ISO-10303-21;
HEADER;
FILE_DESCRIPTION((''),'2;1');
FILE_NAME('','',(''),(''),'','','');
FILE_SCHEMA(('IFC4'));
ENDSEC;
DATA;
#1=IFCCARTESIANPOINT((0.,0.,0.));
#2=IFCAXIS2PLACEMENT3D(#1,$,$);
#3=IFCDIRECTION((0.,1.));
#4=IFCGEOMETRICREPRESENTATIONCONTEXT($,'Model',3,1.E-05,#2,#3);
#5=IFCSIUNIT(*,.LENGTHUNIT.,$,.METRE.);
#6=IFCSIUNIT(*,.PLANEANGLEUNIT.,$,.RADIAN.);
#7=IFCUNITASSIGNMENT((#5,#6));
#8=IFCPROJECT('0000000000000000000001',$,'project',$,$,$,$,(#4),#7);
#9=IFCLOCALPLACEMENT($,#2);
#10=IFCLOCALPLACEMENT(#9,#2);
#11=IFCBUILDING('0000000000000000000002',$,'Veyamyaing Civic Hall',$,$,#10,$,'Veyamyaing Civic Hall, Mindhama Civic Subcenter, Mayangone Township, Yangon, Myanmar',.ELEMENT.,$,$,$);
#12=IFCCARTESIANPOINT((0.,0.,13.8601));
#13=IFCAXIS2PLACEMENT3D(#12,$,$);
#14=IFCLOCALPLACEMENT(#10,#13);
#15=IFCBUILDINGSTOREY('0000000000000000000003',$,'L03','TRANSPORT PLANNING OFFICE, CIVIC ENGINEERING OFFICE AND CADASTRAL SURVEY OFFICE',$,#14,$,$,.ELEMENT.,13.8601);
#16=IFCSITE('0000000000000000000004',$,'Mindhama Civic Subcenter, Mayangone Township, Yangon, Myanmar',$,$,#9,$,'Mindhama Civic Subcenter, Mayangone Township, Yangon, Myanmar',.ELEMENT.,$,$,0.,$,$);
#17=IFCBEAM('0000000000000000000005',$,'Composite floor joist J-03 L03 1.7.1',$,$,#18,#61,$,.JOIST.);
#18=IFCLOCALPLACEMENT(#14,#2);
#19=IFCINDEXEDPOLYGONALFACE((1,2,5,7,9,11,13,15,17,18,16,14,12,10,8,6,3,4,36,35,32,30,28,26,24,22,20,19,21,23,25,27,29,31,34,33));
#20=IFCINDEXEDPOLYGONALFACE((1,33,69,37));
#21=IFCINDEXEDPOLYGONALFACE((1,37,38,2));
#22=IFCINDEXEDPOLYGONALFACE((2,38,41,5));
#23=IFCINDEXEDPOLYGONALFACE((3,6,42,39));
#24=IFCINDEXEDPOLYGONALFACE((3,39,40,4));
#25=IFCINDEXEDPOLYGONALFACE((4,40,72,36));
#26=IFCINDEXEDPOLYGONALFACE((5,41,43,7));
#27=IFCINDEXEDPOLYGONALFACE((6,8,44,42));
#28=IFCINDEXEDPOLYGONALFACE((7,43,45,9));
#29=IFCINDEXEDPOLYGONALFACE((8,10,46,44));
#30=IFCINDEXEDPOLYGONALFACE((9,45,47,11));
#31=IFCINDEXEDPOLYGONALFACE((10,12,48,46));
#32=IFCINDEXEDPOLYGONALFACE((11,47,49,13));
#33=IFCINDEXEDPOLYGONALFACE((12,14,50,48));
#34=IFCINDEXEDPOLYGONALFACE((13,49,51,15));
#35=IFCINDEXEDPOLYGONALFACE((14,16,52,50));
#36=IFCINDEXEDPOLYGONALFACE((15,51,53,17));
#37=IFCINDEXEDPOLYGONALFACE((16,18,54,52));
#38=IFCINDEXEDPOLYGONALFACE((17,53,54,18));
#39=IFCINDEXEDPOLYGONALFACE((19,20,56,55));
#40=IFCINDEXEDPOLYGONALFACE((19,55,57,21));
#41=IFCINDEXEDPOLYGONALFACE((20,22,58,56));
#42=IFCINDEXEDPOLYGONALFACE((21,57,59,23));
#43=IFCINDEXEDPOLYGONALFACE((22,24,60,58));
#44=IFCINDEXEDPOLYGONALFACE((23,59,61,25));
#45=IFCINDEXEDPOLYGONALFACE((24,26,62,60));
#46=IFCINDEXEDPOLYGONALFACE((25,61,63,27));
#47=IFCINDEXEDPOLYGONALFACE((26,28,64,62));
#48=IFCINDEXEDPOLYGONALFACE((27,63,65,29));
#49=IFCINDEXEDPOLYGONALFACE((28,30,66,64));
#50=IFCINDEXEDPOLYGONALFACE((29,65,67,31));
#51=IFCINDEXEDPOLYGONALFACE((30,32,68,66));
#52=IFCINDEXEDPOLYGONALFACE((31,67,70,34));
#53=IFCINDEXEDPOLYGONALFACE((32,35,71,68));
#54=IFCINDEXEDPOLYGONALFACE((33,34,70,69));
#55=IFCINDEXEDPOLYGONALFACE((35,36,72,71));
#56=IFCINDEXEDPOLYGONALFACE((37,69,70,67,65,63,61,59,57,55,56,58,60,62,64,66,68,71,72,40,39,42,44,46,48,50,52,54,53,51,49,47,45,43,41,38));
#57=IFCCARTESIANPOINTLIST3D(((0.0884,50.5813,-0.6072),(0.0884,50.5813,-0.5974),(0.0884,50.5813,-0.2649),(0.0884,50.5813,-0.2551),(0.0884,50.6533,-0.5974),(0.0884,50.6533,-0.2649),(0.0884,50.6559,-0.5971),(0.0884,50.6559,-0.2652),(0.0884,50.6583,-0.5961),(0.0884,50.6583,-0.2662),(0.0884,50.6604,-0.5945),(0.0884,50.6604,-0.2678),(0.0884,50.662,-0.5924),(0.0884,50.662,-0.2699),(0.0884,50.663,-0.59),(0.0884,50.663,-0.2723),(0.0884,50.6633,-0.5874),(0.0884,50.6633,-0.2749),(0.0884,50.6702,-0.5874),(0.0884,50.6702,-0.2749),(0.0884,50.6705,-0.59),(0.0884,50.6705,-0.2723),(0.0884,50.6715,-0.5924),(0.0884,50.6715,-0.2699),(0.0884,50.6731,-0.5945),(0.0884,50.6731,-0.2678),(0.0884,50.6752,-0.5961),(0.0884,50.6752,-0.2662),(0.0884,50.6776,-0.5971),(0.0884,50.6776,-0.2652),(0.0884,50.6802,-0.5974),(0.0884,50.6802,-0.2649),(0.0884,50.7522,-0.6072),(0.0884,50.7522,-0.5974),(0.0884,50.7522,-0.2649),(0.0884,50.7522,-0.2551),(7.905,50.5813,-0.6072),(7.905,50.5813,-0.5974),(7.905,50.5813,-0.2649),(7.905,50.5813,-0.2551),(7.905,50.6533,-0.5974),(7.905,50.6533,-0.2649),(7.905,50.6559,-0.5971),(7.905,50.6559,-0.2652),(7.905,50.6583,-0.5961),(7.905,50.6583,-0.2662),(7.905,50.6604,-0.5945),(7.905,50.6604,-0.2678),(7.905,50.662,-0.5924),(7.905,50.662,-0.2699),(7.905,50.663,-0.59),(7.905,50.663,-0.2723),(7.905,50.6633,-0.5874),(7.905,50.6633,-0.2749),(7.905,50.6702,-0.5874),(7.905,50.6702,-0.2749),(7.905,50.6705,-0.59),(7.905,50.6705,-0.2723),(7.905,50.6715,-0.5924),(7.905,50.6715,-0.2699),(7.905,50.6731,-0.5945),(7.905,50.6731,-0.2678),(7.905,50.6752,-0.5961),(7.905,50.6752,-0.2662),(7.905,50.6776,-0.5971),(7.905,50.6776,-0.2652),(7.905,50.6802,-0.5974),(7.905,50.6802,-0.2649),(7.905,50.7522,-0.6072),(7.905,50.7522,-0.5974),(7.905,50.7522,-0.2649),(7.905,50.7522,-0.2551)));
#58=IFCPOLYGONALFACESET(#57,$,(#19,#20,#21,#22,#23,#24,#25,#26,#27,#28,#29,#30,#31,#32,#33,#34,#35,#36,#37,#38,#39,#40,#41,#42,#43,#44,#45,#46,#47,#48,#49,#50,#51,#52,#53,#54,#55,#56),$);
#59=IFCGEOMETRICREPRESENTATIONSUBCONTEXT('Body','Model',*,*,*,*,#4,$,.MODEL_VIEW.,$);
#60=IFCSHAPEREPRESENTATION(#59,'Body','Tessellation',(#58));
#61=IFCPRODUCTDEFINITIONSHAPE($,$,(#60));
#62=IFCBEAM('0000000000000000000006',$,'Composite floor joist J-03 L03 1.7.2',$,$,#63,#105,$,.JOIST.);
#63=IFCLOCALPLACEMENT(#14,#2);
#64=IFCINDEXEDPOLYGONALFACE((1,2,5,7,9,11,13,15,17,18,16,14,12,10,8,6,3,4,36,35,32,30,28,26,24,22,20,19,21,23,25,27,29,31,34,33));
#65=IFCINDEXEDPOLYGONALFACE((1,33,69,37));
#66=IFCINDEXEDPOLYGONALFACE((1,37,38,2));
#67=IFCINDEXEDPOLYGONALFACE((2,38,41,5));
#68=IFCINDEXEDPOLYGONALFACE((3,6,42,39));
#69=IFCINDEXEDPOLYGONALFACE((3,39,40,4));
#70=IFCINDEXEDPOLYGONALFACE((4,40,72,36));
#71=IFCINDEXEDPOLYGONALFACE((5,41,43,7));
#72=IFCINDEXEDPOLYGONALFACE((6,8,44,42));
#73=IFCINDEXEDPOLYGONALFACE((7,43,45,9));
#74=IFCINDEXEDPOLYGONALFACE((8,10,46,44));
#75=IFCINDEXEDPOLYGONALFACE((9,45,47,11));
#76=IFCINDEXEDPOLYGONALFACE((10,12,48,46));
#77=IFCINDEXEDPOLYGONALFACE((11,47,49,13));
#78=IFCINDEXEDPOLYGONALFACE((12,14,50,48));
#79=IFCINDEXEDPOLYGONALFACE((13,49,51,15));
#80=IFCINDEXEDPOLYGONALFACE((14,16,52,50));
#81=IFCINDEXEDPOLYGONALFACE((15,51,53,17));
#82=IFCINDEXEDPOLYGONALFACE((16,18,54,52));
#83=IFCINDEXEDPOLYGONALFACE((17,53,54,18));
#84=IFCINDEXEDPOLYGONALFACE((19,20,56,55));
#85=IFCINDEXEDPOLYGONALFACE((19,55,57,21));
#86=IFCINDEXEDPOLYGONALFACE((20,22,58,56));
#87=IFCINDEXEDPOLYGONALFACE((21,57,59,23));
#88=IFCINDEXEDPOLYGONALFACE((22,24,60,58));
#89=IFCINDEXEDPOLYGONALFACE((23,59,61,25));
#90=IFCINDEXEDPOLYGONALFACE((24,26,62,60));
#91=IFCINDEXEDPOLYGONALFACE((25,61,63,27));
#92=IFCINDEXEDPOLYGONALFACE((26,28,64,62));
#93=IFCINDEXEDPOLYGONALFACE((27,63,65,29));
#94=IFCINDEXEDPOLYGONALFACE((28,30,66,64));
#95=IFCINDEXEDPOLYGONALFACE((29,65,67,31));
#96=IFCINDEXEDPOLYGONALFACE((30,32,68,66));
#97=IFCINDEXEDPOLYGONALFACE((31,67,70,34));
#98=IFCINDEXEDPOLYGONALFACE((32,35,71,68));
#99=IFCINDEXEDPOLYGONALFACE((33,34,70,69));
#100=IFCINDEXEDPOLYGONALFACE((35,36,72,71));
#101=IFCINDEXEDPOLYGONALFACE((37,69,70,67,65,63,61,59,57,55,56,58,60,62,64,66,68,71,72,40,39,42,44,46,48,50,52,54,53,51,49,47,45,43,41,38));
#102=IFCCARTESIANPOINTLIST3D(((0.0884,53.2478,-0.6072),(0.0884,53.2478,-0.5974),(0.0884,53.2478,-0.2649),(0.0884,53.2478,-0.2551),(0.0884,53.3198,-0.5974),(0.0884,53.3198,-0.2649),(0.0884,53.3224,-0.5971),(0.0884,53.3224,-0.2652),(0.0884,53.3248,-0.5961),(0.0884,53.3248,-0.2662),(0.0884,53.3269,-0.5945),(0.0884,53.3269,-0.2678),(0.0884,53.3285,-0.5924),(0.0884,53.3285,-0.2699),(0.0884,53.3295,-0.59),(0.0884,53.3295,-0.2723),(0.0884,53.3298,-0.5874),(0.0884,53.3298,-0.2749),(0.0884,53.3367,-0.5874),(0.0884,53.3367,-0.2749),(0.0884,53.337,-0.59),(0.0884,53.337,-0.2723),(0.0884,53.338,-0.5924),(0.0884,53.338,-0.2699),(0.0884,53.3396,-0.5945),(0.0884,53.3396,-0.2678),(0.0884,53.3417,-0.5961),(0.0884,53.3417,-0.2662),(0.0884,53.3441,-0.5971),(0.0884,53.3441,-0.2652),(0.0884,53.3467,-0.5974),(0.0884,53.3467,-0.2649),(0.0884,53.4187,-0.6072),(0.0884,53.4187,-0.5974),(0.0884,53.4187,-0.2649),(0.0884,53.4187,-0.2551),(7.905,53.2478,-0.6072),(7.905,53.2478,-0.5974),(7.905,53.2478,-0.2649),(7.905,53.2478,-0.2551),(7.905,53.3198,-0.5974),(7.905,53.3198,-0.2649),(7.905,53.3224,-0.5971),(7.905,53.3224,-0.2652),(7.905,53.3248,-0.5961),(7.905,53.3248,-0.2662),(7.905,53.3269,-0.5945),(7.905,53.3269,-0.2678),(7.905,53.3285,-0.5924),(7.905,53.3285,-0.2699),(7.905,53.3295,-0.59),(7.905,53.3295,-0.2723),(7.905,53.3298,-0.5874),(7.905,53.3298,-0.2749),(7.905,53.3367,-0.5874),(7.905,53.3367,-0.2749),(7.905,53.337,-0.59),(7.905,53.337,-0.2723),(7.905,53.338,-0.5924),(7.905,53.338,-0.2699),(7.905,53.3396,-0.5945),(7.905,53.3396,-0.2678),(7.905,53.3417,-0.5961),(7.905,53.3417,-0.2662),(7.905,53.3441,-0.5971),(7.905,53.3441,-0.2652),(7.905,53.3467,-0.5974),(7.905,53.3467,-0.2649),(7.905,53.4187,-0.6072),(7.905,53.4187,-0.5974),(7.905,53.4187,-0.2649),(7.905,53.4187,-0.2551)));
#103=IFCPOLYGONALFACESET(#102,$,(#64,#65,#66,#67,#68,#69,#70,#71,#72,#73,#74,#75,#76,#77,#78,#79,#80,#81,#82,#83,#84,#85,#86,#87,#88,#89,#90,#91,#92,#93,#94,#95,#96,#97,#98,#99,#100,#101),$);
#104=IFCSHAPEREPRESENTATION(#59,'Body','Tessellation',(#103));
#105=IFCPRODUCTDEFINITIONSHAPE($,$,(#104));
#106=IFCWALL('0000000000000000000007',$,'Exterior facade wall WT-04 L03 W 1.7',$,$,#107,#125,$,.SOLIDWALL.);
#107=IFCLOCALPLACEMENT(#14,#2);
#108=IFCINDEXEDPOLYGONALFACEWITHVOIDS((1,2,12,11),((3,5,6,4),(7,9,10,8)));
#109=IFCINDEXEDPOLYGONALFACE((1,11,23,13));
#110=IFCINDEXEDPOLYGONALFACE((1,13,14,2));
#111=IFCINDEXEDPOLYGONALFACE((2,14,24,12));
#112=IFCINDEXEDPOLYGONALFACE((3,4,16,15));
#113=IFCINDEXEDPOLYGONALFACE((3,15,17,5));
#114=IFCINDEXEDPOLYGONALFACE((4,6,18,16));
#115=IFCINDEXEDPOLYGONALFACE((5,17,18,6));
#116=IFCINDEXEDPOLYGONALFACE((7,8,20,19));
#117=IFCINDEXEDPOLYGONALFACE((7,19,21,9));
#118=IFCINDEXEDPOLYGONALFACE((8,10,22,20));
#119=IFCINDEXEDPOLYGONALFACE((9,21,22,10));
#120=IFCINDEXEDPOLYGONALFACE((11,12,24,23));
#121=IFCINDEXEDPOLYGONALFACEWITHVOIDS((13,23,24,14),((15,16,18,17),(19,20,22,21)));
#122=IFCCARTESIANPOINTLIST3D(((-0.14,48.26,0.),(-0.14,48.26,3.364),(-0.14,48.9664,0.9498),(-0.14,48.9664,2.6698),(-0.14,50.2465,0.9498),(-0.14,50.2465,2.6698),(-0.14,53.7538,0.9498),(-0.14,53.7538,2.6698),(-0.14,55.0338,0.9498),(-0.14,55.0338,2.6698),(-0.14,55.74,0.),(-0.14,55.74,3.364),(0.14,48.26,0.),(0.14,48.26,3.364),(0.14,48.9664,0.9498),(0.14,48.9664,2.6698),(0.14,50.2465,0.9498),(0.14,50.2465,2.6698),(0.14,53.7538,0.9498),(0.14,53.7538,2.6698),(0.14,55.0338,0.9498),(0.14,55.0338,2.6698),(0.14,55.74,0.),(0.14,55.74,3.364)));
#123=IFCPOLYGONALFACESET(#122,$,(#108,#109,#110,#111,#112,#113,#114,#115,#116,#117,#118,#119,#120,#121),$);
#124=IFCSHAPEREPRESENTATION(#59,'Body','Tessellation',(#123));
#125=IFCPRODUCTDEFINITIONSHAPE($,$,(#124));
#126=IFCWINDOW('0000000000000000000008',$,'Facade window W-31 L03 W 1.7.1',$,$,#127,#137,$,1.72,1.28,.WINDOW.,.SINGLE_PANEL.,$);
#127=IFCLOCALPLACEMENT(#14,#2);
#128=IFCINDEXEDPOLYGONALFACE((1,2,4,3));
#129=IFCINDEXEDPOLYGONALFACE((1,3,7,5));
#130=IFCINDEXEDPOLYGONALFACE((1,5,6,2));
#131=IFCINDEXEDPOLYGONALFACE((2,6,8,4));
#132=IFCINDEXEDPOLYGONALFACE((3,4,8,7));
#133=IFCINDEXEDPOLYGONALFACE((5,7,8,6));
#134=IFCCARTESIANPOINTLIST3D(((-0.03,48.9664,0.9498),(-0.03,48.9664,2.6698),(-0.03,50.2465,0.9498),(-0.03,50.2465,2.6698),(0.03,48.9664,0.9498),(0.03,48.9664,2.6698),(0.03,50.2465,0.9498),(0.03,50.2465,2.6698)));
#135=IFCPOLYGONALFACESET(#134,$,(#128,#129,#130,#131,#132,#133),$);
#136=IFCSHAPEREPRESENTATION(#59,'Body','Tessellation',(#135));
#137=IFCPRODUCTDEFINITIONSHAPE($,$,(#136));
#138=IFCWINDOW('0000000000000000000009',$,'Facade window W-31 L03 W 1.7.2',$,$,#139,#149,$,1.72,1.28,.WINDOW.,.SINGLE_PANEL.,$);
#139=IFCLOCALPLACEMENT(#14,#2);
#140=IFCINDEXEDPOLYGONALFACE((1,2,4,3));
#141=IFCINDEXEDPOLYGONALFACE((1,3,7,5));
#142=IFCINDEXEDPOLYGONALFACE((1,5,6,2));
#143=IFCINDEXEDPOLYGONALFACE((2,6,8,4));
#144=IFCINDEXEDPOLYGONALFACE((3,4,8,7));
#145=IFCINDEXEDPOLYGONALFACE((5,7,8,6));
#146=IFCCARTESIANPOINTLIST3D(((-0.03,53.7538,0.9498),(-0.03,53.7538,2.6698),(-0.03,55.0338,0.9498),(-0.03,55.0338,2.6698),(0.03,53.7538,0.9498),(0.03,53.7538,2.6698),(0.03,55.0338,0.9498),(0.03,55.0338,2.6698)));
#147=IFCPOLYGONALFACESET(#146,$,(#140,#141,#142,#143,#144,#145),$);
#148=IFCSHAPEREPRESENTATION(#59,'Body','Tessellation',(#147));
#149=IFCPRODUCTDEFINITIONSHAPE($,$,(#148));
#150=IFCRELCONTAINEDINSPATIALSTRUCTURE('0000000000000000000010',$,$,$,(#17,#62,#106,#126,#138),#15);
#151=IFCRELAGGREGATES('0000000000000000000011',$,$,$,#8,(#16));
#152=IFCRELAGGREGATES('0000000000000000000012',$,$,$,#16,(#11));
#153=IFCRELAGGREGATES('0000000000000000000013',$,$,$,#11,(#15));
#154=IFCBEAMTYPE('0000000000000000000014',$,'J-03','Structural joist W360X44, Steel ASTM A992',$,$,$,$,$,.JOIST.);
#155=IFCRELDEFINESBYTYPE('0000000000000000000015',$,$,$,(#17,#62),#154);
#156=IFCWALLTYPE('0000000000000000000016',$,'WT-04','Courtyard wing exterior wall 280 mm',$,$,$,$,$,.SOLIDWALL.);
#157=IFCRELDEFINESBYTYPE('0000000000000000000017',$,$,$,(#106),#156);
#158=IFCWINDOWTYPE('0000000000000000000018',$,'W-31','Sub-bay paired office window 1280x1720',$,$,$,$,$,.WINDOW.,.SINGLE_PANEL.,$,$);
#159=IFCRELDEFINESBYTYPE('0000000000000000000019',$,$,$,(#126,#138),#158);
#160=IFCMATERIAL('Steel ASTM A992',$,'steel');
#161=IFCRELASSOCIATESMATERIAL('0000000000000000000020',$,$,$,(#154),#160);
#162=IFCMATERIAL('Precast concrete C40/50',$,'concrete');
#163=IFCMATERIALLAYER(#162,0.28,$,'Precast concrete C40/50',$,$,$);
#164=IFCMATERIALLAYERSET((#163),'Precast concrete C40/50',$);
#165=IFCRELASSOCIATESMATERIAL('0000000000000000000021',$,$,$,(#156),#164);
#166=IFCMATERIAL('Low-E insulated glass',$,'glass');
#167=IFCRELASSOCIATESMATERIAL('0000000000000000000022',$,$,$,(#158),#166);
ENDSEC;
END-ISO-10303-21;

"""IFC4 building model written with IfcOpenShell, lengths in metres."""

from ifc_helpers import new_model, si_unit, direction, frame, frame_2d, origin, origin_2d, place, context, subcontext, project, spatial, rectangle, i_section, extrude, material, layer, layer_set, material_profile, profile_set, type_object, element, fill, save


model = new_model("IFC4")

# Units and contexts
model_context = context("Model", 3, precision=1e-05, world=origin(), true_north=direction((0.0, 1.0)))
body_context = subcontext(model_context, "Body", "Model", "MODEL_VIEW")
ifc_project = project(units=[si_unit("LENGTHUNIT", "METRE"), si_unit("PLANEANGLEUNIT", "RADIAN")], contexts=[model_context])

# Site, building, storey
site_placement = place(None, origin())
site = spatial("IfcSite", under=ifc_project, at=site_placement, Name="Mindhama Civic Subcenter, Mayangone Township, Yangon, Myanmar", LongName="Mindhama Civic Subcenter, Mayangone Township, Yangon, Myanmar", CompositionType="ELEMENT", RefElevation=0.0)
building_placement = place(site_placement, origin())
building = spatial("IfcBuilding", under=site, at=building_placement, Name="Veyamyaing Civic Hall", LongName="Veyamyaing Civic Hall, Mindhama Civic Subcenter, Mayangone Township, Yangon, Myanmar", CompositionType="ELEMENT")
storey_placement = place(building_placement, frame((0.0, 0.0, 13.8601)))
storey = spatial("IfcBuildingStorey", under=building, at=storey_placement, Name="L03", Description="TRANSPORT PLANNING OFFICE, CIVIC ENGINEERING OFFICE AND CADASTRAL SURVEY OFFICE", CompositionType="ELEMENT", Elevation=13.8601)

# Beams
ifc_material_1 = material(Name="Steel ASTM A992", Category="steel")
ifc_material_profile_1 = material_profile(ifc_material_1, i_section(OverallWidth=0.1709, OverallDepth=0.3521, WebThickness=0.0068, FlangeThickness=0.0098, FilletRadius=0.01, at=origin_2d()), Name="W360X44")
ifc_profile_set_1 = profile_set([ifc_material_profile_1], Name="Steel ASTM A992")
beam_type_1 = type_object("IfcBeamType", Name="J-03", Description="Structural joist W360X44, Steel ASTM A992", PredefinedType="JOIST", material=ifc_profile_set_1)
for number, where, z_axis, x_axis, name in (
    (1, (0.0884, 50.6667, -0.4312), (1.0, 0.0, 0.0), (0.0, 1.0, 0.0), "Composite floor joist J-03 L03 1.7.1"),
    (2, (0.0884, 53.3333, -0.4312), (1.0, 0.0, 0.0), (0.0, 1.0, 0.0), "Composite floor joist J-03 L03 1.7.2"),
):
    element("IfcBeam", number, at=place(storey_placement, frame(where, z_axis=z_axis, x_axis=x_axis)), inside=storey, type_object=beam_type_1, Name=name, PredefinedType="JOIST", context=body_context, shape_type="SweptSolid", body=[
        extrude(i_section(OverallWidth=0.1709, OverallDepth=0.3521, WebThickness=0.0068, FlangeThickness=0.0098, FilletRadius=0.01, at=origin_2d()), origin(), (0.0, 0.0, 1.0), 7.8167),
    ])

# Wall, openings, windows
ifc_material_2 = material(Name="Precast concrete C40/50", Category="concrete")
ifc_layer_1 = layer(ifc_material_2, 0.28, Name="Precast concrete C40/50")
ifc_layer_set_1 = layer_set([ifc_layer_1], Name="Precast concrete C40/50")
wall_type_1 = type_object("IfcWallType", Name="WT-04", Description="Courtyard wing exterior wall 280 mm", PredefinedType="SOLIDWALL", material=ifc_layer_set_1)
wall_1_placement = place(storey_placement, frame((0.0, 48.26, 0.0), z_axis=(0.0, 0.0, 1.0), x_axis=(0.0, 1.0, 0.0)))
wall_1 = element("IfcWall", 3, at=wall_1_placement, inside=storey, type_object=wall_type_1, Name="Exterior facade wall WT-04 L03 W 1.7", PredefinedType="SOLIDWALL", context=body_context, shape_type="SweptSolid", body=[
    extrude(rectangle(XDim=7.48, YDim=0.28, at=frame_2d((3.74, 0.0))), origin(), (0.0, 0.0, 1.0), 3.364),
])
opening_1_placement = place(wall_1_placement, frame((0.7063, 0.0, 0.95)))
opening_1 = element("IfcOpeningElement", 4, at=opening_1_placement, cuts=wall_1, PredefinedType="OPENING", context=body_context, shape_type="SweptSolid", body=[
    extrude(rectangle(XDim=1.28, YDim=1.72, at=frame_2d((0.6401, 0.8599))), frame((0.0, 0.1499, 0.0), z_axis=(0.0, -1.0, 0.0), x_axis=(1.0, 0.0, 0.0)), (0.0, 0.0, 1.0), 0.3),
])
opening_2_placement = place(wall_1_placement, frame((5.4937, 0.0, 0.95)))
opening_2 = element("IfcOpeningElement", 5, at=opening_2_placement, cuts=wall_1, PredefinedType="OPENING", context=body_context, shape_type="SweptSolid", body=[
    extrude(rectangle(XDim=1.28, YDim=1.72, at=frame_2d((0.6401, 0.8599))), frame((0.0, 0.1499, 0.0), z_axis=(0.0, -1.0, 0.0), x_axis=(1.0, 0.0, 0.0)), (0.0, 0.0, 1.0), 0.3),
])
ifc_material_3 = material(Name="Low-E insulated glass", Category="glass")
window_type = type_object("IfcWindowType", Name="W-31", Description="Sub-bay paired office window 1280x1720", PartitioningType="SINGLE_PANEL", PredefinedType="WINDOW", material=ifc_material_3)
window_1_placement = place(opening_1_placement, origin())
window_1 = element("IfcWindow", 6, at=window_1_placement, inside=storey, type_object=window_type, Name="Facade window W-31 L03 W 1.7.1", OverallHeight=1.72, OverallWidth=1.28, PartitioningType="SINGLE_PANEL", PredefinedType="WINDOW", context=body_context, shape_type="SweptSolid", body=[
    extrude(rectangle(XDim=1.28, YDim=1.72, at=frame_2d((0.6401, 0.8599))), frame((0.0, 0.03, 0.0), z_axis=(0.0, -1.0, 0.0), x_axis=(1.0, 0.0, 0.0)), (0.0, 0.0, 1.0), 0.0601),
])
fill(opening_1, window_1)
window_2_placement = place(opening_2_placement, origin())
window_2 = element("IfcWindow", 7, at=window_2_placement, inside=storey, type_object=window_type, Name="Facade window W-31 L03 W 1.7.2", OverallHeight=1.72, OverallWidth=1.28, PartitioningType="SINGLE_PANEL", PredefinedType="WINDOW", context=body_context, shape_type="SweptSolid", body=[
    extrude(rectangle(XDim=1.28, YDim=1.72, at=frame_2d((0.6401, 0.8599))), frame((0.0, 0.03, 0.0), z_axis=(0.0, -1.0, 0.0), x_axis=(1.0, 0.0, 0.0)), (0.0, 0.0, 1.0), 0.0601),
])
fill(opening_2, window_2)

save(model, "model.ifc")
